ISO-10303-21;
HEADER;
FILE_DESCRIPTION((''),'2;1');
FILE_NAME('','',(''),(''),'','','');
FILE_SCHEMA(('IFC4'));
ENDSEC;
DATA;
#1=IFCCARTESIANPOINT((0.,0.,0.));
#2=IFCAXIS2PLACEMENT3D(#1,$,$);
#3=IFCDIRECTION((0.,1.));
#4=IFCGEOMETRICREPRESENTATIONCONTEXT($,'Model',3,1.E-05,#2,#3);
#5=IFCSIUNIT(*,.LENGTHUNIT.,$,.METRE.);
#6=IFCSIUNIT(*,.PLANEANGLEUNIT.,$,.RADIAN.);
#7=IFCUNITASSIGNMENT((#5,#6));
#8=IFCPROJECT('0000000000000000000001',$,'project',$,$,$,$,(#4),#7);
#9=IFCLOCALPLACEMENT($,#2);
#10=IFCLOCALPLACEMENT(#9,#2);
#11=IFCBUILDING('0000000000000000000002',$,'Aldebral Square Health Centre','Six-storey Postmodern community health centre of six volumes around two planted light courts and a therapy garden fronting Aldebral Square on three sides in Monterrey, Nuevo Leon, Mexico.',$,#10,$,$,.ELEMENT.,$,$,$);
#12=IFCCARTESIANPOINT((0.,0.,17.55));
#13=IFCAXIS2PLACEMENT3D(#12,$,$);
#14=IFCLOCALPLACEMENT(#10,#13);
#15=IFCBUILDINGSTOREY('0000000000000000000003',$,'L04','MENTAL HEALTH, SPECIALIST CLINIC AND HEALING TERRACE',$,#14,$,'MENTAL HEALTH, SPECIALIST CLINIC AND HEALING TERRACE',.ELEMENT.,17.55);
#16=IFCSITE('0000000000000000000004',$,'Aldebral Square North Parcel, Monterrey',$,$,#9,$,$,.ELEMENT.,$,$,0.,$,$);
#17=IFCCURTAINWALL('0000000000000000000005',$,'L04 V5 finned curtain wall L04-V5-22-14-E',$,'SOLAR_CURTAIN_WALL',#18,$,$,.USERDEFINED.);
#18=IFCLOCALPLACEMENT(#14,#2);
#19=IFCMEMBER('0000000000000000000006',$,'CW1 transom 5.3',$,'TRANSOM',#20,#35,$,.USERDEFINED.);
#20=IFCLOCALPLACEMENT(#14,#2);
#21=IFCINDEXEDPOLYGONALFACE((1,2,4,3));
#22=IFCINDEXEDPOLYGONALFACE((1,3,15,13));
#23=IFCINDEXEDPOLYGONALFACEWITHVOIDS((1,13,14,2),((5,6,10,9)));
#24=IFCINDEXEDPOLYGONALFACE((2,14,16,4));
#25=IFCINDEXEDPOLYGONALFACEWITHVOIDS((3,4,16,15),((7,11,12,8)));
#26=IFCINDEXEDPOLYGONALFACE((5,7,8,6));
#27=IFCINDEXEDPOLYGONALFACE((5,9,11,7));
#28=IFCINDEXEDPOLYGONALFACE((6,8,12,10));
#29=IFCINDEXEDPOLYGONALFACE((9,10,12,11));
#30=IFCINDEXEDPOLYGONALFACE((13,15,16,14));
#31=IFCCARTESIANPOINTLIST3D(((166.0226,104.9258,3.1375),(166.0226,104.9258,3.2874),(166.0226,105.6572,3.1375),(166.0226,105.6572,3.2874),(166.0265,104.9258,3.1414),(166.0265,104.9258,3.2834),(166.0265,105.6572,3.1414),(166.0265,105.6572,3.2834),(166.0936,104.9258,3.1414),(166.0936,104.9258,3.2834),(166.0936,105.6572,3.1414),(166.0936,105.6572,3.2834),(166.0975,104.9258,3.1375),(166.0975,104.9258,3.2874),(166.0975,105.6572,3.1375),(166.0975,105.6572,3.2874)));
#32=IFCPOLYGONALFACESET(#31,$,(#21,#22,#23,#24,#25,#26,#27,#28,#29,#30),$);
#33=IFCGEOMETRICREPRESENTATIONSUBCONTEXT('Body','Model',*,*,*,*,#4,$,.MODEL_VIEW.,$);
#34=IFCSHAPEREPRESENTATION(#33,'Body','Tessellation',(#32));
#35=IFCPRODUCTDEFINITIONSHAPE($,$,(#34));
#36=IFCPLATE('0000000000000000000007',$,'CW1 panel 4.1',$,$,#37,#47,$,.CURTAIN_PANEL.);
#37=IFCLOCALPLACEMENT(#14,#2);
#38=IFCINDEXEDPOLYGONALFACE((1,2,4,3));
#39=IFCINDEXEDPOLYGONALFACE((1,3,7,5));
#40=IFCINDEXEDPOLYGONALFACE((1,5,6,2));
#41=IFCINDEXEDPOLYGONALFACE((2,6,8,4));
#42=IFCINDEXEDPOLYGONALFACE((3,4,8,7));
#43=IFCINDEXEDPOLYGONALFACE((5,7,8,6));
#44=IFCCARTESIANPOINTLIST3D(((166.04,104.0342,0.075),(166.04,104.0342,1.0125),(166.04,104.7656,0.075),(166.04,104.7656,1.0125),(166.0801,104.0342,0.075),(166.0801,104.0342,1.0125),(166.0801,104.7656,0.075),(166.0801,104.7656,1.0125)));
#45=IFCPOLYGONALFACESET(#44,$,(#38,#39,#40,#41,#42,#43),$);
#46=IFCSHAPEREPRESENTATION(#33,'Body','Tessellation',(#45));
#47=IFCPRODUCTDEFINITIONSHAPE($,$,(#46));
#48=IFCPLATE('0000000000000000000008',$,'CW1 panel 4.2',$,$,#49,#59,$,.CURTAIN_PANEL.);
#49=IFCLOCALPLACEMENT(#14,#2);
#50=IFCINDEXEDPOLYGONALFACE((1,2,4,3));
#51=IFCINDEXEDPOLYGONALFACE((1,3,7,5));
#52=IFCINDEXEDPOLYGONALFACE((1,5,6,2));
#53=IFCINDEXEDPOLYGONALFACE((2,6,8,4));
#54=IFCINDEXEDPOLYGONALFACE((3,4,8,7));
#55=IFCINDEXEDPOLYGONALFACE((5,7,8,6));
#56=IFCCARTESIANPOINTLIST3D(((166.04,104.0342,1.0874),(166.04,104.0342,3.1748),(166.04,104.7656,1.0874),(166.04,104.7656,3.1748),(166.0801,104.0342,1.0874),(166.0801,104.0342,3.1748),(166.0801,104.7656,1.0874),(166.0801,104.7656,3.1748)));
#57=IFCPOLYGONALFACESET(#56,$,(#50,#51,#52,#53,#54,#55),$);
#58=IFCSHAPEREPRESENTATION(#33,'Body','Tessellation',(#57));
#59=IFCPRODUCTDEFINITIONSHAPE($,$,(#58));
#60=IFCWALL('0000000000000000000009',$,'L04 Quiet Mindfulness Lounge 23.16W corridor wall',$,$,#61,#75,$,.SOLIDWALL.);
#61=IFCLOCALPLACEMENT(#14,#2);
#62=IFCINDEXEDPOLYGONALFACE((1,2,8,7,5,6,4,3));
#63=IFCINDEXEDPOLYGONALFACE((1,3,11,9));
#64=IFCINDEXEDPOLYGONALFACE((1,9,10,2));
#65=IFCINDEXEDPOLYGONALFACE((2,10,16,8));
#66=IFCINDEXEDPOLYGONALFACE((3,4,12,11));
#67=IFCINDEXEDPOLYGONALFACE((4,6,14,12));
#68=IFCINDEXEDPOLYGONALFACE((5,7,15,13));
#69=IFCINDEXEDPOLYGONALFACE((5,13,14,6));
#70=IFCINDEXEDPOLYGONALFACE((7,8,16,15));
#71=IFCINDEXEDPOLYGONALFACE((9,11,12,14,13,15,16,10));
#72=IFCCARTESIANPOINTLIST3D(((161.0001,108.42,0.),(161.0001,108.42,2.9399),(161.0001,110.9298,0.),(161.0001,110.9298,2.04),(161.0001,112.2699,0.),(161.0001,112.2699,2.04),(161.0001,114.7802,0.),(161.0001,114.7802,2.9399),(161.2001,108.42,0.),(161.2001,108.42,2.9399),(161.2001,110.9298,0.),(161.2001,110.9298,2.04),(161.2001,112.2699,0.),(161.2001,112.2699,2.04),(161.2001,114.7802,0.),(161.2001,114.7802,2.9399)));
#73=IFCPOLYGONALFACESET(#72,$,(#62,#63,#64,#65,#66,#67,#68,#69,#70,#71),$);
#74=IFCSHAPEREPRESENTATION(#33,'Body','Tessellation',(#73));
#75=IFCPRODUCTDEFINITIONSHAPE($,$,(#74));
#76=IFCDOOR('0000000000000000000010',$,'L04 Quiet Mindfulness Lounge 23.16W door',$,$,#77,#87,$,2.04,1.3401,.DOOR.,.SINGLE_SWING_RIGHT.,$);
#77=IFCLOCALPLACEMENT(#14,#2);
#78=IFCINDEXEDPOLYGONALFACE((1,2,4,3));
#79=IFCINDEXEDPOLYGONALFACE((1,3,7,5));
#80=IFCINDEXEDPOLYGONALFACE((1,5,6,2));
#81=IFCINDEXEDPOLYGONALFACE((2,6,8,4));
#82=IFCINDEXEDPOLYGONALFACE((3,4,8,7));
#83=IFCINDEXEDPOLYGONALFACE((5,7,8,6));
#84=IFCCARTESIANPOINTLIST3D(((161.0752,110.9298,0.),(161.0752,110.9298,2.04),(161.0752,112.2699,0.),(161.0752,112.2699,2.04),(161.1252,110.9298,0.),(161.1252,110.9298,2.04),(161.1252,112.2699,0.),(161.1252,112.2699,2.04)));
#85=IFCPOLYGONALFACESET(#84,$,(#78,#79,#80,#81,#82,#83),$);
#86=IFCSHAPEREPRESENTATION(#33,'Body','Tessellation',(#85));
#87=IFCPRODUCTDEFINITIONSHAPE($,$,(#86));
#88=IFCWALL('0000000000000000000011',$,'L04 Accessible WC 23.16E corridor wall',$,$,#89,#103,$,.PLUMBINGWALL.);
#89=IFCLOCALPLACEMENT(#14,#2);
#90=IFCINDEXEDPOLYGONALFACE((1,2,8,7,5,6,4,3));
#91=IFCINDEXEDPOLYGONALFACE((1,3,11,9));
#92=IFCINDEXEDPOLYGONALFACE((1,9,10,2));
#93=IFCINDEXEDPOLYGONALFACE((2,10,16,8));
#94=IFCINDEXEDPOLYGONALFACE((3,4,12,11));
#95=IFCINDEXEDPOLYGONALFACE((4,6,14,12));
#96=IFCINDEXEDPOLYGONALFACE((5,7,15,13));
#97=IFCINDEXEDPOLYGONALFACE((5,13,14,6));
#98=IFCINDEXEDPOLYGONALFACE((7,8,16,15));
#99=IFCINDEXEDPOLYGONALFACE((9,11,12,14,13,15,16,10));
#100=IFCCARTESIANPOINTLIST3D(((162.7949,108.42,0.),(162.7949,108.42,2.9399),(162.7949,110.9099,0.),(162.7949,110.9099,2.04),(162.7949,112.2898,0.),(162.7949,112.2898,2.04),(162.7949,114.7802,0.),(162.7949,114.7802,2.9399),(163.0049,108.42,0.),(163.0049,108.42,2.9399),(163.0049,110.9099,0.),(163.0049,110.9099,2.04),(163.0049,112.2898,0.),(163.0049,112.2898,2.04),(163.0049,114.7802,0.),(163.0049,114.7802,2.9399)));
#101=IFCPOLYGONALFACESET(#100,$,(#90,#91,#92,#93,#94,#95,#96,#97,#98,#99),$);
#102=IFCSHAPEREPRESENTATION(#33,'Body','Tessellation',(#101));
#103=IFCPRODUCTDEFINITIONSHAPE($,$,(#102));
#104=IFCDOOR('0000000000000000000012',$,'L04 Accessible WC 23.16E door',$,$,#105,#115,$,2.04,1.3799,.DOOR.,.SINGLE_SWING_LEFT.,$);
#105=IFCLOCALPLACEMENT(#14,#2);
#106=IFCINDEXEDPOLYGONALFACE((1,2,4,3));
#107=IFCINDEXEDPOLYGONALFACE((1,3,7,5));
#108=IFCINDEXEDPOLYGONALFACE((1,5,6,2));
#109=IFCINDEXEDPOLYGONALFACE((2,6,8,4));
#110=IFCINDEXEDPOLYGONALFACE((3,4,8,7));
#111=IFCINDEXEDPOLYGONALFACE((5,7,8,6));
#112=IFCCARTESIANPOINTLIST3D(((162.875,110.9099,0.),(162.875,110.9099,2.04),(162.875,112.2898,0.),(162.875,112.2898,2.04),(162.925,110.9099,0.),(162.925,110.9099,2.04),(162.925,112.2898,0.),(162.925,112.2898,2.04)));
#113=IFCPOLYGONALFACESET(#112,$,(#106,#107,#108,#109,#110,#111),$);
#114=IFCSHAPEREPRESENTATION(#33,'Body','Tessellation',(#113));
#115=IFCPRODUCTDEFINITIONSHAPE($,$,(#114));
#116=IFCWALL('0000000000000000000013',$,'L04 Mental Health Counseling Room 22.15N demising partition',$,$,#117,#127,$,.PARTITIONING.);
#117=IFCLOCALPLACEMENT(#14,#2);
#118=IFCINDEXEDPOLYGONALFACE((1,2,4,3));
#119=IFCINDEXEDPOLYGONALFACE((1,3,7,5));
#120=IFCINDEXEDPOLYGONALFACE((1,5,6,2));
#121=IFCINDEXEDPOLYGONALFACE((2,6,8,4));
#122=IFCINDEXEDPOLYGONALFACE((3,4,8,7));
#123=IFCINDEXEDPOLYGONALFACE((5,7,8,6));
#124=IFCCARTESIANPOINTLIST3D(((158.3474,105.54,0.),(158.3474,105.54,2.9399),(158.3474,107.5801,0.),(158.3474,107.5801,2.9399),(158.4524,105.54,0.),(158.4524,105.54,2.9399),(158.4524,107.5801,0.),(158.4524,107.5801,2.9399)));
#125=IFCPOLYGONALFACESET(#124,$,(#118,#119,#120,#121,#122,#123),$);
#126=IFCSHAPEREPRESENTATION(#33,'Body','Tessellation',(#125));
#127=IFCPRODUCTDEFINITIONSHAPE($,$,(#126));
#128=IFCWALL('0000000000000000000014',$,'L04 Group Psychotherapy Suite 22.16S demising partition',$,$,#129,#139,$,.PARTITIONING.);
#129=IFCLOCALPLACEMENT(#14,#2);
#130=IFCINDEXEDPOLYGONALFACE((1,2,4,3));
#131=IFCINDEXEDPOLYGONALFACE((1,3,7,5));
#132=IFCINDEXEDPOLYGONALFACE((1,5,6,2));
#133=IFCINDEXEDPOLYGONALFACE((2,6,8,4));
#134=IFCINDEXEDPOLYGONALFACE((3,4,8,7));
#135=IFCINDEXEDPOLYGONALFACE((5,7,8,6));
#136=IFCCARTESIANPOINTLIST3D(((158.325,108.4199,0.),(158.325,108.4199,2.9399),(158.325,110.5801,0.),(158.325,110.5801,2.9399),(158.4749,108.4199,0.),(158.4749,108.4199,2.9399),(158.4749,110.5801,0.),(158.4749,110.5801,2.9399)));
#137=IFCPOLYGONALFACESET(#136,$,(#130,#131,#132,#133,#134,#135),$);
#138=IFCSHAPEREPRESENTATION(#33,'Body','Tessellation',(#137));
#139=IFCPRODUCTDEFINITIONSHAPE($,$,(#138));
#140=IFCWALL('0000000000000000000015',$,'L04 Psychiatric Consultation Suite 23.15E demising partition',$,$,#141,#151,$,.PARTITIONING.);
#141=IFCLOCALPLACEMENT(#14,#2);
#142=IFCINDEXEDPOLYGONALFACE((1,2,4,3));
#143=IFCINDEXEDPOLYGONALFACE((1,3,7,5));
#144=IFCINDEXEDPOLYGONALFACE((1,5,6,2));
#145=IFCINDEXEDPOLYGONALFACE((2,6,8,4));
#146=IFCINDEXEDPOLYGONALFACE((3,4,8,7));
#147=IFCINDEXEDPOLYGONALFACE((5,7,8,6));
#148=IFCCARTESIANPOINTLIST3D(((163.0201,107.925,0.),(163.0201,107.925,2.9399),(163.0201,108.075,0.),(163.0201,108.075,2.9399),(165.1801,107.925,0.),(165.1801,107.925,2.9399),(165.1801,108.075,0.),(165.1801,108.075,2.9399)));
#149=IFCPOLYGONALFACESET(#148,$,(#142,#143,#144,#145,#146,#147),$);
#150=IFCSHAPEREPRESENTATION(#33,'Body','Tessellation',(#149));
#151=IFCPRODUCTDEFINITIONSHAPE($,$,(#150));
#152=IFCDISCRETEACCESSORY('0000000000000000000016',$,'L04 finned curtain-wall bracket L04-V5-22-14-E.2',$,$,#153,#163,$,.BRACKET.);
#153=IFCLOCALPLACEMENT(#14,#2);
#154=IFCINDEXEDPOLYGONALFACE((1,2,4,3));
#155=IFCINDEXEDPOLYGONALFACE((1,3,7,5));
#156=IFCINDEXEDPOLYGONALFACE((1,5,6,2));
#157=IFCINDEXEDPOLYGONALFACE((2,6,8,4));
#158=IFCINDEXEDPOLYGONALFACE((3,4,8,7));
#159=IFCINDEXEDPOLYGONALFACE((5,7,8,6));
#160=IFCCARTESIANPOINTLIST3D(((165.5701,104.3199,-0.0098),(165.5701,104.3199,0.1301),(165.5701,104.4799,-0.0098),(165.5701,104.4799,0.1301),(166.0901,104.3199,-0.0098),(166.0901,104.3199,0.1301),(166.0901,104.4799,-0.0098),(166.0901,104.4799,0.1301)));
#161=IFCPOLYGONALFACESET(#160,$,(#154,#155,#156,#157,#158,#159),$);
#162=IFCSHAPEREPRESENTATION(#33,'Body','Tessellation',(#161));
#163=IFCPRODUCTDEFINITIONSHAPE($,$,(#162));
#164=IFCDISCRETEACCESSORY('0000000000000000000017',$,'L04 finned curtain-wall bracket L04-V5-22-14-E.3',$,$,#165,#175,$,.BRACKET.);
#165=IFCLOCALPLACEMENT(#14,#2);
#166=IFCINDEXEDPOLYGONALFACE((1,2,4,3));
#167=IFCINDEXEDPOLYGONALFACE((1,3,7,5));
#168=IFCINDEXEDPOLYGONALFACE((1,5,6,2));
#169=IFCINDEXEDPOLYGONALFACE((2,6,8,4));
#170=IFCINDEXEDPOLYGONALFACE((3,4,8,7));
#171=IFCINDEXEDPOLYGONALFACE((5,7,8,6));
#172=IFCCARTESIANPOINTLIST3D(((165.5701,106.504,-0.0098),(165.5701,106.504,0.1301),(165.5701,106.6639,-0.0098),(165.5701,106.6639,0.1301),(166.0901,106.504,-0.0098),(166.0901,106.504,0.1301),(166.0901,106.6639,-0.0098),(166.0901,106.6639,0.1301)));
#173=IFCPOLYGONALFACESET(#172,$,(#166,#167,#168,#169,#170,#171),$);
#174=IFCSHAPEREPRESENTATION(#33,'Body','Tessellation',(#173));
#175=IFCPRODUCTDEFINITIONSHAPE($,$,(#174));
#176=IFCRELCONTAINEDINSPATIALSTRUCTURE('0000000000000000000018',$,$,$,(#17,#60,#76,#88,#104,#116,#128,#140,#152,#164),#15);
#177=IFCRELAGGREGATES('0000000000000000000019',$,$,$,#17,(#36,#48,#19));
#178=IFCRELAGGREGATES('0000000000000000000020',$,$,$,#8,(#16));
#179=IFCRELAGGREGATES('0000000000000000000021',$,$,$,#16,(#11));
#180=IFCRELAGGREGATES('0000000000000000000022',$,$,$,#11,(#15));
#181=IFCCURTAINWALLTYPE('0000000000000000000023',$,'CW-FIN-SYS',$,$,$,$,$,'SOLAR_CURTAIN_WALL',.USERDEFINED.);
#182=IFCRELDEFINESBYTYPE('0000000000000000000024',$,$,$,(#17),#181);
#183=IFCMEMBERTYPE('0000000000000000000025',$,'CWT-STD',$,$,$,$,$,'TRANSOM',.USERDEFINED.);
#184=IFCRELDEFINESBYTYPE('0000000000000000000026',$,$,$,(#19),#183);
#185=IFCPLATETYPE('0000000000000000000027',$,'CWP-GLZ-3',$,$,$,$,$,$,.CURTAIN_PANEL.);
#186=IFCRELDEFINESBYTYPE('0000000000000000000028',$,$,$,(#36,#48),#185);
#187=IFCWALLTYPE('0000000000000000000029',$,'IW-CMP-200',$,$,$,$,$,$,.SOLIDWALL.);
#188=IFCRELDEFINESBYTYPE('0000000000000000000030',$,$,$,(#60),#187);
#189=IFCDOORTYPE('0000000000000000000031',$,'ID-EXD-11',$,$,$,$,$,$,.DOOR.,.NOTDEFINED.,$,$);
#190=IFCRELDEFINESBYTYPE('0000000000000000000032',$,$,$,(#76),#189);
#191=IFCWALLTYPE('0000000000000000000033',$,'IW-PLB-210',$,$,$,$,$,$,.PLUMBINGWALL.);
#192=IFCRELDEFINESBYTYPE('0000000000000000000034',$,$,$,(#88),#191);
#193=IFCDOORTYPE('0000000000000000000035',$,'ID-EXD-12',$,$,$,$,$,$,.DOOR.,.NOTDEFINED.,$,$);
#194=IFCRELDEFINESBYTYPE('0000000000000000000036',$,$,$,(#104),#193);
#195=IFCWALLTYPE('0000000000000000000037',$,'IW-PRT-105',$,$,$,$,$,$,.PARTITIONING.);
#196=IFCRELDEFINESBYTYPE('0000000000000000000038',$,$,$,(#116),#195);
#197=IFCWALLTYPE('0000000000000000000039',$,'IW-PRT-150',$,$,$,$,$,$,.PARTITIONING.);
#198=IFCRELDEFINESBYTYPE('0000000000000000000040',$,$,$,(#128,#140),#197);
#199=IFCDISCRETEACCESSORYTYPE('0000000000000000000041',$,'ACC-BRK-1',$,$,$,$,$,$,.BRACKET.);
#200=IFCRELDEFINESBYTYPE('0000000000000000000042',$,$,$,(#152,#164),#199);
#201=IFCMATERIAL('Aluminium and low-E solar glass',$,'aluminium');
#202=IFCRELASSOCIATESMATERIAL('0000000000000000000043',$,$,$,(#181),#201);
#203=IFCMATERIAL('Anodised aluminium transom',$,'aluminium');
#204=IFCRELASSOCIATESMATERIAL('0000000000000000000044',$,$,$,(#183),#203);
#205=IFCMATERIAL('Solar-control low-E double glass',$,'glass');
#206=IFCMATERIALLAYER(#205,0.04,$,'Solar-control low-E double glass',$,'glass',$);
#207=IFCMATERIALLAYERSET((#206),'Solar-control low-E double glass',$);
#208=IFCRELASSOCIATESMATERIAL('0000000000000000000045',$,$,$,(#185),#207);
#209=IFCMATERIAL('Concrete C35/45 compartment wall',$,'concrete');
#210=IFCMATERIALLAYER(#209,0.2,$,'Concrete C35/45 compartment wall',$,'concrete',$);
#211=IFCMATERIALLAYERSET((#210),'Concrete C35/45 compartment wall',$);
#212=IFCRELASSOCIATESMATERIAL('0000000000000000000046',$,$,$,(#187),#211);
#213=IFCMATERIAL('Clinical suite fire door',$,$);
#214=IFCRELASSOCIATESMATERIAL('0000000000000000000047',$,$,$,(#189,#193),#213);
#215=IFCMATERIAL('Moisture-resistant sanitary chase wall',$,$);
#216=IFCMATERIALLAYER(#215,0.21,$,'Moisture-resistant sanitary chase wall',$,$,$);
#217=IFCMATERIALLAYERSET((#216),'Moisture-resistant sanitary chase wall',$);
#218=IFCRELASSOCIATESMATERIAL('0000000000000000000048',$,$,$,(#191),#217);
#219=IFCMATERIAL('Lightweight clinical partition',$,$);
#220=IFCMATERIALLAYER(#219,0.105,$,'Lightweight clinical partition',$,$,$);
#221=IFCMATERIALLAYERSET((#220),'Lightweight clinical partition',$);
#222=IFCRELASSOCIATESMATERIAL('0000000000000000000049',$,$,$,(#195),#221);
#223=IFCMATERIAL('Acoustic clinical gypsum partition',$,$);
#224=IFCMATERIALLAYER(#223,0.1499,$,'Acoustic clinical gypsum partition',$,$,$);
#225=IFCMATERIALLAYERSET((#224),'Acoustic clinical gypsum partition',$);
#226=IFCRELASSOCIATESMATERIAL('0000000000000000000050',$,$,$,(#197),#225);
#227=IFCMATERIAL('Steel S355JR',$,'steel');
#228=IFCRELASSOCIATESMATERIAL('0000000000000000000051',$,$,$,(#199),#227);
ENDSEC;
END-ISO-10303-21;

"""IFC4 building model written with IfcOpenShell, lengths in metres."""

from ifc_helpers import new_model, si_unit, direction, frame, frame_2d, origin, origin_2d, place, context, subcontext, project, spatial, rectangle, hollow_rectangle, extrude, material, layer, layer_set, material_profile, profile_set, type_object, element, fill, aggregate, save


model = new_model("IFC4")

# Units and contexts
model_context = context("Model", 3, precision=1e-05, world=origin(), true_north=direction((0.0, 1.0)))
body_context = subcontext(model_context, "Body", "Model", "MODEL_VIEW")
ifc_project = project(units=[si_unit("LENGTHUNIT", "METRE"), si_unit("PLANEANGLEUNIT", "RADIAN")], contexts=[model_context])

# Site, building, storey
site_placement = place(None, origin())
site = spatial("IfcSite", under=ifc_project, at=site_placement, Name="Aldebral Square North Parcel, Monterrey", CompositionType="ELEMENT", RefElevation=0.0)
building_placement = place(site_placement, origin())
building = spatial("IfcBuilding", under=site, at=building_placement, Name="Aldebral Square Health Centre", Description="Six-storey Postmodern community health centre of six volumes around two planted light courts and a therapy garden fronting Aldebral Square on three sides in Monterrey, Nuevo Leon, Mexico.", CompositionType="ELEMENT")
storey_placement = place(building_placement, frame((0.0, 0.0, 17.55)))
storey = spatial("IfcBuildingStorey", under=building, at=storey_placement, Name="L04", Description="MENTAL HEALTH, SPECIALIST CLINIC AND HEALING TERRACE", LongName="MENTAL HEALTH, SPECIALIST CLINIC AND HEALING TERRACE", CompositionType="ELEMENT", Elevation=17.55)

# Curtain wall, member, plates
ifc_material_1 = material(Name="Aluminium and low-E solar glass", Category="aluminium")
curtain_wall_type = type_object("IfcCurtainWallType", Name="CW-FIN-SYS", ElementType="SOLAR_CURTAIN_WALL", PredefinedType="USERDEFINED", material=ifc_material_1)
curtain_wall_placement = place(storey_placement, origin())
curtain_wall = element("IfcCurtainWall", 1, at=curtain_wall_placement, inside=storey, type_object=curtain_wall_type, Name="L04 V5 finned curtain wall L04-V5-22-14-E", ObjectType="SOLAR_CURTAIN_WALL", PredefinedType="USERDEFINED")
ifc_material_2 = material(Name="Anodised aluminium transom", Category="aluminium")
ifc_material_profile_1 = material_profile(ifc_material_2, hollow_rectangle(XDim=0.075, YDim=0.1499, WallThickness=0.0039, at=origin_2d()), Name="CWT 75x150x4")
ifc_profile_set_1 = profile_set([ifc_material_profile_1], Name="Anodised aluminium transom")
member_type_1 = type_object("IfcMemberType", Name="CWT-STD", ElementType="TRANSOM", PredefinedType="USERDEFINED", material=ifc_profile_set_1)
member_1_placement = place(storey_placement, frame((166.0601, 104.9258, 3.2124), z_axis=(0.0, 1.0, 0.0), x_axis=(-1.0, 0.0, 0.0)))
member_1 = element("IfcMember", 2, at=member_1_placement, type_object=member_type_1, Name="CW1 transom 5.3", ObjectType="TRANSOM", PredefinedType="USERDEFINED", context=body_context, shape_type="SweptSolid", body=[
    extrude(hollow_rectangle(XDim=0.075, YDim=0.1499, WallThickness=0.0039, at=origin_2d()), origin(), (0.0, 0.0, 1.0), 0.7314),
])
ifc_material_3 = material(Name="Solar-control low-E double glass", Category="glass")
ifc_layer_1 = layer(ifc_material_3, 0.04, Name="Solar-control low-E double glass", Category="glass")
ifc_layer_set_1 = layer_set([ifc_layer_1], Name="Solar-control low-E double glass")
plate_type = type_object("IfcPlateType", Name="CWP-GLZ-3", PredefinedType="CURTAIN_PANEL", material=ifc_layer_set_1)
plate_1_placement = place(storey_placement, frame((166.0601, 104.3999, 0.075), z_axis=(0.0, 0.0, 1.0), x_axis=(0.0, 1.0, 0.0)))
plate_1 = element("IfcPlate", 3, at=plate_1_placement, type_object=plate_type, Name="CW1 panel 4.1", PredefinedType="CURTAIN_PANEL", context=body_context, shape_type="SweptSolid", body=[
    extrude(rectangle(XDim=0.7314, YDim=0.04, at=origin_2d()), origin(), (0.0, 0.0, 1.0), 0.9375),
])
plate_2_placement = place(storey_placement, frame((166.0601, 104.3999, 1.0874), z_axis=(0.0, 0.0, 1.0), x_axis=(0.0, 1.0, 0.0)))
plate_2 = element("IfcPlate", 4, at=plate_2_placement, type_object=plate_type, Name="CW1 panel 4.2", PredefinedType="CURTAIN_PANEL", context=body_context, shape_type="SweptSolid", body=[
    extrude(rectangle(XDim=0.7314, YDim=0.04, at=origin_2d()), origin(), (0.0, 0.0, 1.0), 2.0874),
])
aggregate(curtain_wall, [plate_1, plate_2, member_1])

# Walls, openings, doors
ifc_material_4 = material(Name="Concrete C35/45 compartment wall", Category="concrete")
ifc_layer_2 = layer(ifc_material_4, 0.2, Name="Concrete C35/45 compartment wall", Category="concrete")
ifc_layer_set_2 = layer_set([ifc_layer_2], Name="Concrete C35/45 compartment wall")
wall_type_1 = type_object("IfcWallType", Name="IW-CMP-200", PredefinedType="SOLIDWALL", material=ifc_layer_set_2)
wall_1_placement = place(storey_placement, frame((161.1001, 108.4199, 0.0), z_axis=(0.0, 0.0, 1.0), x_axis=(0.0, 1.0, 0.0)))
wall_1 = element("IfcWall", 5, at=wall_1_placement, inside=storey, type_object=wall_type_1, Name="L04 Quiet Mindfulness Lounge 23.16W corridor wall", PredefinedType="SOLIDWALL", context=body_context, shape_type="SweptSolid", body=[
    extrude(rectangle(XDim=6.3601, YDim=0.2, at=frame_2d((3.1802, 0.0))), origin(), (0.0, 0.0, 1.0), 2.9399),
])
opening_1_placement = place(wall_1_placement, frame((2.51, 0.0, 0.0)))
opening_1 = element("IfcOpeningElement", 6, at=opening_1_placement, cuts=wall_1, PredefinedType="OPENING", context=body_context, shape_type="SweptSolid", body=[
    extrude(rectangle(XDim=1.3401, YDim=2.04, at=frame_2d((0.6699, 1.02))), frame((0.0, 0.1099, 0.0), z_axis=(0.0, -1.0, 0.0), x_axis=(1.0, 0.0, 0.0)), (0.0, 0.0, 1.0), 0.22),
])
ifc_material_5 = material(Name="Clinical suite fire door")
door_type_1 = type_object("IfcDoorType", Name="ID-EXD-11", OperationType="NOTDEFINED", PredefinedType="DOOR", material=ifc_material_5)
door_1_placement = place(opening_1_placement, origin())
door_1 = element("IfcDoor", 7, at=door_1_placement, inside=storey, type_object=door_type_1, Name="L04 Quiet Mindfulness Lounge 23.16W door", OperationType="SINGLE_SWING_RIGHT", OverallHeight=2.04, OverallWidth=1.3401, PredefinedType="DOOR", context=body_context, shape_type="SweptSolid", body=[
    extrude(rectangle(XDim=1.3401, YDim=2.04, at=frame_2d((0.6699, 1.02))), frame((0.0, 0.0249, 0.0), z_axis=(0.0, -1.0, 0.0), x_axis=(1.0, 0.0, 0.0)), (0.0, 0.0, 1.0), 0.05),
])
fill(opening_1, door_1)
ifc_material_6 = material(Name="Moisture-resistant sanitary chase wall")
ifc_layer_3 = layer(ifc_material_6, 0.21, Name="Moisture-resistant sanitary chase wall")
ifc_layer_set_3 = layer_set([ifc_layer_3], Name="Moisture-resistant sanitary chase wall")
wall_type_2 = type_object("IfcWallType", Name="IW-PLB-210", PredefinedType="PLUMBINGWALL", material=ifc_layer_set_3)
wall_2_placement = place(storey_placement, frame((162.8999, 108.4199, 0.0), z_axis=(0.0, 0.0, 1.0), x_axis=(0.0, 1.0, 0.0)))
wall_2 = element("IfcWall", 8, at=wall_2_placement, inside=storey, type_object=wall_type_2, Name="L04 Accessible WC 23.16E corridor wall", PredefinedType="PLUMBINGWALL", context=body_context, shape_type="SweptSolid", body=[
    extrude(rectangle(XDim=6.3601, YDim=0.21, at=frame_2d((3.1802, 0.0))), origin(), (0.0, 0.0, 1.0), 2.9399),
])
opening_2_placement = place(wall_2_placement, frame((2.49, 0.0, 0.0)))
opening_2 = element("IfcOpeningElement", 9, at=opening_2_placement, cuts=wall_2, PredefinedType="OPENING", context=body_context, shape_type="SweptSolid", body=[
    extrude(rectangle(XDim=1.3799, YDim=2.04, at=frame_2d((0.6899, 1.02))), frame((0.0, 0.115, 0.0), z_axis=(0.0, -1.0, 0.0), x_axis=(1.0, 0.0, 0.0)), (0.0, 0.0, 1.0), 0.23),
])
door_type_2 = type_object("IfcDoorType", Name="ID-EXD-12", OperationType="NOTDEFINED", PredefinedType="DOOR", material=ifc_material_5)
door_2_placement = place(opening_2_placement, origin())
door_2 = element("IfcDoor", 10, at=door_2_placement, inside=storey, type_object=door_type_2, Name="L04 Accessible WC 23.16E door", OperationType="SINGLE_SWING_LEFT", OverallHeight=2.04, OverallWidth=1.3799, PredefinedType="DOOR", context=body_context, shape_type="SweptSolid", body=[
    extrude(rectangle(XDim=1.3799, YDim=2.04, at=frame_2d((0.6899, 1.02))), frame((0.0, 0.0249, 0.0), z_axis=(0.0, -1.0, 0.0), x_axis=(1.0, 0.0, 0.0)), (0.0, 0.0, 1.0), 0.05),
])
fill(opening_2, door_2)

# Walls
ifc_material_7 = material(Name="Lightweight clinical partition")
ifc_layer_4 = layer(ifc_material_7, 0.105, Name="Lightweight clinical partition")
ifc_layer_set_4 = layer_set([ifc_layer_4], Name="Lightweight clinical partition")
wall_type_3 = type_object("IfcWallType", Name="IW-PRT-105", PredefinedType="PARTITIONING", material=ifc_layer_set_4)
wall_3_placement = place(storey_placement, frame((158.3999, 105.54, 0.0), z_axis=(0.0, 0.0, 1.0), x_axis=(0.0, 1.0, 0.0)))
element("IfcWall", 11, at=wall_3_placement, inside=storey, type_object=wall_type_3, Name="L04 Mental Health Counseling Room 22.15N demising partition", PredefinedType="PARTITIONING", context=body_context, shape_type="SweptSolid", body=[
    extrude(rectangle(XDim=2.04, YDim=0.105, at=frame_2d((1.02, 0.0))), origin(), (0.0, 0.0, 1.0), 2.9399),
])
ifc_material_8 = material(Name="Acoustic clinical gypsum partition")
ifc_layer_5 = layer(ifc_material_8, 0.1499, Name="Acoustic clinical gypsum partition")
ifc_layer_set_5 = layer_set([ifc_layer_5], Name="Acoustic clinical gypsum partition")
wall_type_4 = type_object("IfcWallType", Name="IW-PRT-150", PredefinedType="PARTITIONING", material=ifc_layer_set_5)
wall_4_placement = place(storey_placement, frame((158.3999, 108.4199, 0.0), z_axis=(0.0, 0.0, 1.0), x_axis=(0.0, 1.0, 0.0)))
element("IfcWall", 12, at=wall_4_placement, inside=storey, type_object=wall_type_4, Name="L04 Group Psychotherapy Suite 22.16S demising partition", PredefinedType="PARTITIONING", context=body_context, shape_type="SweptSolid", body=[
    extrude(rectangle(XDim=2.1602, YDim=0.1499, at=frame_2d((1.0801, 0.0))), origin(), (0.0, 0.0, 1.0), 2.9399),
])
wall_5_placement = place(storey_placement, frame((163.02, 108.0, 0.0), z_axis=(0.0, 0.0, 1.0), x_axis=(1.0, 0.0, 0.0)))
element("IfcWall", 13, at=wall_5_placement, inside=storey, type_object=wall_type_4, Name="L04 Psychiatric Consultation Suite 23.15E demising partition", PredefinedType="PARTITIONING", context=body_context, shape_type="SweptSolid", body=[
    extrude(rectangle(XDim=2.1599, YDim=0.1499, at=frame_2d((1.0801, 0.0))), origin(), (0.0, 0.0, 1.0), 2.9399),
])

# Discrete accessories
ifc_material_9 = material(Name="Steel S355JR", Category="steel")
discrete_accessory_type = type_object("IfcDiscreteAccessoryType", Name="ACC-BRK-1", PredefinedType="BRACKET", material=ifc_material_9)
for number, where, z_axis, x_axis, name in (
    (14, (165.8301, 104.3999, -0.0098), (0.0, 0.0, 1.0), (0.0, 1.0, 0.0), "L04 finned curtain-wall bracket L04-V5-22-14-E.2"),
    (15, (165.8301, 106.584, -0.0098), (0.0, 0.0, 1.0), (0.0, 1.0, 0.0), "L04 finned curtain-wall bracket L04-V5-22-14-E.3"),
):
    element("IfcDiscreteAccessory", number, at=place(storey_placement, frame(where, z_axis=z_axis, x_axis=x_axis)), inside=storey, type_object=discrete_accessory_type, Name=name, PredefinedType="BRACKET", context=body_context, shape_type="SweptSolid", body=[
        extrude(rectangle(XDim=0.1599, YDim=0.52, at=origin_2d()), origin(), (0.0, 0.0, 1.0), 0.1399),
    ])

save(model, "model.ifc")
